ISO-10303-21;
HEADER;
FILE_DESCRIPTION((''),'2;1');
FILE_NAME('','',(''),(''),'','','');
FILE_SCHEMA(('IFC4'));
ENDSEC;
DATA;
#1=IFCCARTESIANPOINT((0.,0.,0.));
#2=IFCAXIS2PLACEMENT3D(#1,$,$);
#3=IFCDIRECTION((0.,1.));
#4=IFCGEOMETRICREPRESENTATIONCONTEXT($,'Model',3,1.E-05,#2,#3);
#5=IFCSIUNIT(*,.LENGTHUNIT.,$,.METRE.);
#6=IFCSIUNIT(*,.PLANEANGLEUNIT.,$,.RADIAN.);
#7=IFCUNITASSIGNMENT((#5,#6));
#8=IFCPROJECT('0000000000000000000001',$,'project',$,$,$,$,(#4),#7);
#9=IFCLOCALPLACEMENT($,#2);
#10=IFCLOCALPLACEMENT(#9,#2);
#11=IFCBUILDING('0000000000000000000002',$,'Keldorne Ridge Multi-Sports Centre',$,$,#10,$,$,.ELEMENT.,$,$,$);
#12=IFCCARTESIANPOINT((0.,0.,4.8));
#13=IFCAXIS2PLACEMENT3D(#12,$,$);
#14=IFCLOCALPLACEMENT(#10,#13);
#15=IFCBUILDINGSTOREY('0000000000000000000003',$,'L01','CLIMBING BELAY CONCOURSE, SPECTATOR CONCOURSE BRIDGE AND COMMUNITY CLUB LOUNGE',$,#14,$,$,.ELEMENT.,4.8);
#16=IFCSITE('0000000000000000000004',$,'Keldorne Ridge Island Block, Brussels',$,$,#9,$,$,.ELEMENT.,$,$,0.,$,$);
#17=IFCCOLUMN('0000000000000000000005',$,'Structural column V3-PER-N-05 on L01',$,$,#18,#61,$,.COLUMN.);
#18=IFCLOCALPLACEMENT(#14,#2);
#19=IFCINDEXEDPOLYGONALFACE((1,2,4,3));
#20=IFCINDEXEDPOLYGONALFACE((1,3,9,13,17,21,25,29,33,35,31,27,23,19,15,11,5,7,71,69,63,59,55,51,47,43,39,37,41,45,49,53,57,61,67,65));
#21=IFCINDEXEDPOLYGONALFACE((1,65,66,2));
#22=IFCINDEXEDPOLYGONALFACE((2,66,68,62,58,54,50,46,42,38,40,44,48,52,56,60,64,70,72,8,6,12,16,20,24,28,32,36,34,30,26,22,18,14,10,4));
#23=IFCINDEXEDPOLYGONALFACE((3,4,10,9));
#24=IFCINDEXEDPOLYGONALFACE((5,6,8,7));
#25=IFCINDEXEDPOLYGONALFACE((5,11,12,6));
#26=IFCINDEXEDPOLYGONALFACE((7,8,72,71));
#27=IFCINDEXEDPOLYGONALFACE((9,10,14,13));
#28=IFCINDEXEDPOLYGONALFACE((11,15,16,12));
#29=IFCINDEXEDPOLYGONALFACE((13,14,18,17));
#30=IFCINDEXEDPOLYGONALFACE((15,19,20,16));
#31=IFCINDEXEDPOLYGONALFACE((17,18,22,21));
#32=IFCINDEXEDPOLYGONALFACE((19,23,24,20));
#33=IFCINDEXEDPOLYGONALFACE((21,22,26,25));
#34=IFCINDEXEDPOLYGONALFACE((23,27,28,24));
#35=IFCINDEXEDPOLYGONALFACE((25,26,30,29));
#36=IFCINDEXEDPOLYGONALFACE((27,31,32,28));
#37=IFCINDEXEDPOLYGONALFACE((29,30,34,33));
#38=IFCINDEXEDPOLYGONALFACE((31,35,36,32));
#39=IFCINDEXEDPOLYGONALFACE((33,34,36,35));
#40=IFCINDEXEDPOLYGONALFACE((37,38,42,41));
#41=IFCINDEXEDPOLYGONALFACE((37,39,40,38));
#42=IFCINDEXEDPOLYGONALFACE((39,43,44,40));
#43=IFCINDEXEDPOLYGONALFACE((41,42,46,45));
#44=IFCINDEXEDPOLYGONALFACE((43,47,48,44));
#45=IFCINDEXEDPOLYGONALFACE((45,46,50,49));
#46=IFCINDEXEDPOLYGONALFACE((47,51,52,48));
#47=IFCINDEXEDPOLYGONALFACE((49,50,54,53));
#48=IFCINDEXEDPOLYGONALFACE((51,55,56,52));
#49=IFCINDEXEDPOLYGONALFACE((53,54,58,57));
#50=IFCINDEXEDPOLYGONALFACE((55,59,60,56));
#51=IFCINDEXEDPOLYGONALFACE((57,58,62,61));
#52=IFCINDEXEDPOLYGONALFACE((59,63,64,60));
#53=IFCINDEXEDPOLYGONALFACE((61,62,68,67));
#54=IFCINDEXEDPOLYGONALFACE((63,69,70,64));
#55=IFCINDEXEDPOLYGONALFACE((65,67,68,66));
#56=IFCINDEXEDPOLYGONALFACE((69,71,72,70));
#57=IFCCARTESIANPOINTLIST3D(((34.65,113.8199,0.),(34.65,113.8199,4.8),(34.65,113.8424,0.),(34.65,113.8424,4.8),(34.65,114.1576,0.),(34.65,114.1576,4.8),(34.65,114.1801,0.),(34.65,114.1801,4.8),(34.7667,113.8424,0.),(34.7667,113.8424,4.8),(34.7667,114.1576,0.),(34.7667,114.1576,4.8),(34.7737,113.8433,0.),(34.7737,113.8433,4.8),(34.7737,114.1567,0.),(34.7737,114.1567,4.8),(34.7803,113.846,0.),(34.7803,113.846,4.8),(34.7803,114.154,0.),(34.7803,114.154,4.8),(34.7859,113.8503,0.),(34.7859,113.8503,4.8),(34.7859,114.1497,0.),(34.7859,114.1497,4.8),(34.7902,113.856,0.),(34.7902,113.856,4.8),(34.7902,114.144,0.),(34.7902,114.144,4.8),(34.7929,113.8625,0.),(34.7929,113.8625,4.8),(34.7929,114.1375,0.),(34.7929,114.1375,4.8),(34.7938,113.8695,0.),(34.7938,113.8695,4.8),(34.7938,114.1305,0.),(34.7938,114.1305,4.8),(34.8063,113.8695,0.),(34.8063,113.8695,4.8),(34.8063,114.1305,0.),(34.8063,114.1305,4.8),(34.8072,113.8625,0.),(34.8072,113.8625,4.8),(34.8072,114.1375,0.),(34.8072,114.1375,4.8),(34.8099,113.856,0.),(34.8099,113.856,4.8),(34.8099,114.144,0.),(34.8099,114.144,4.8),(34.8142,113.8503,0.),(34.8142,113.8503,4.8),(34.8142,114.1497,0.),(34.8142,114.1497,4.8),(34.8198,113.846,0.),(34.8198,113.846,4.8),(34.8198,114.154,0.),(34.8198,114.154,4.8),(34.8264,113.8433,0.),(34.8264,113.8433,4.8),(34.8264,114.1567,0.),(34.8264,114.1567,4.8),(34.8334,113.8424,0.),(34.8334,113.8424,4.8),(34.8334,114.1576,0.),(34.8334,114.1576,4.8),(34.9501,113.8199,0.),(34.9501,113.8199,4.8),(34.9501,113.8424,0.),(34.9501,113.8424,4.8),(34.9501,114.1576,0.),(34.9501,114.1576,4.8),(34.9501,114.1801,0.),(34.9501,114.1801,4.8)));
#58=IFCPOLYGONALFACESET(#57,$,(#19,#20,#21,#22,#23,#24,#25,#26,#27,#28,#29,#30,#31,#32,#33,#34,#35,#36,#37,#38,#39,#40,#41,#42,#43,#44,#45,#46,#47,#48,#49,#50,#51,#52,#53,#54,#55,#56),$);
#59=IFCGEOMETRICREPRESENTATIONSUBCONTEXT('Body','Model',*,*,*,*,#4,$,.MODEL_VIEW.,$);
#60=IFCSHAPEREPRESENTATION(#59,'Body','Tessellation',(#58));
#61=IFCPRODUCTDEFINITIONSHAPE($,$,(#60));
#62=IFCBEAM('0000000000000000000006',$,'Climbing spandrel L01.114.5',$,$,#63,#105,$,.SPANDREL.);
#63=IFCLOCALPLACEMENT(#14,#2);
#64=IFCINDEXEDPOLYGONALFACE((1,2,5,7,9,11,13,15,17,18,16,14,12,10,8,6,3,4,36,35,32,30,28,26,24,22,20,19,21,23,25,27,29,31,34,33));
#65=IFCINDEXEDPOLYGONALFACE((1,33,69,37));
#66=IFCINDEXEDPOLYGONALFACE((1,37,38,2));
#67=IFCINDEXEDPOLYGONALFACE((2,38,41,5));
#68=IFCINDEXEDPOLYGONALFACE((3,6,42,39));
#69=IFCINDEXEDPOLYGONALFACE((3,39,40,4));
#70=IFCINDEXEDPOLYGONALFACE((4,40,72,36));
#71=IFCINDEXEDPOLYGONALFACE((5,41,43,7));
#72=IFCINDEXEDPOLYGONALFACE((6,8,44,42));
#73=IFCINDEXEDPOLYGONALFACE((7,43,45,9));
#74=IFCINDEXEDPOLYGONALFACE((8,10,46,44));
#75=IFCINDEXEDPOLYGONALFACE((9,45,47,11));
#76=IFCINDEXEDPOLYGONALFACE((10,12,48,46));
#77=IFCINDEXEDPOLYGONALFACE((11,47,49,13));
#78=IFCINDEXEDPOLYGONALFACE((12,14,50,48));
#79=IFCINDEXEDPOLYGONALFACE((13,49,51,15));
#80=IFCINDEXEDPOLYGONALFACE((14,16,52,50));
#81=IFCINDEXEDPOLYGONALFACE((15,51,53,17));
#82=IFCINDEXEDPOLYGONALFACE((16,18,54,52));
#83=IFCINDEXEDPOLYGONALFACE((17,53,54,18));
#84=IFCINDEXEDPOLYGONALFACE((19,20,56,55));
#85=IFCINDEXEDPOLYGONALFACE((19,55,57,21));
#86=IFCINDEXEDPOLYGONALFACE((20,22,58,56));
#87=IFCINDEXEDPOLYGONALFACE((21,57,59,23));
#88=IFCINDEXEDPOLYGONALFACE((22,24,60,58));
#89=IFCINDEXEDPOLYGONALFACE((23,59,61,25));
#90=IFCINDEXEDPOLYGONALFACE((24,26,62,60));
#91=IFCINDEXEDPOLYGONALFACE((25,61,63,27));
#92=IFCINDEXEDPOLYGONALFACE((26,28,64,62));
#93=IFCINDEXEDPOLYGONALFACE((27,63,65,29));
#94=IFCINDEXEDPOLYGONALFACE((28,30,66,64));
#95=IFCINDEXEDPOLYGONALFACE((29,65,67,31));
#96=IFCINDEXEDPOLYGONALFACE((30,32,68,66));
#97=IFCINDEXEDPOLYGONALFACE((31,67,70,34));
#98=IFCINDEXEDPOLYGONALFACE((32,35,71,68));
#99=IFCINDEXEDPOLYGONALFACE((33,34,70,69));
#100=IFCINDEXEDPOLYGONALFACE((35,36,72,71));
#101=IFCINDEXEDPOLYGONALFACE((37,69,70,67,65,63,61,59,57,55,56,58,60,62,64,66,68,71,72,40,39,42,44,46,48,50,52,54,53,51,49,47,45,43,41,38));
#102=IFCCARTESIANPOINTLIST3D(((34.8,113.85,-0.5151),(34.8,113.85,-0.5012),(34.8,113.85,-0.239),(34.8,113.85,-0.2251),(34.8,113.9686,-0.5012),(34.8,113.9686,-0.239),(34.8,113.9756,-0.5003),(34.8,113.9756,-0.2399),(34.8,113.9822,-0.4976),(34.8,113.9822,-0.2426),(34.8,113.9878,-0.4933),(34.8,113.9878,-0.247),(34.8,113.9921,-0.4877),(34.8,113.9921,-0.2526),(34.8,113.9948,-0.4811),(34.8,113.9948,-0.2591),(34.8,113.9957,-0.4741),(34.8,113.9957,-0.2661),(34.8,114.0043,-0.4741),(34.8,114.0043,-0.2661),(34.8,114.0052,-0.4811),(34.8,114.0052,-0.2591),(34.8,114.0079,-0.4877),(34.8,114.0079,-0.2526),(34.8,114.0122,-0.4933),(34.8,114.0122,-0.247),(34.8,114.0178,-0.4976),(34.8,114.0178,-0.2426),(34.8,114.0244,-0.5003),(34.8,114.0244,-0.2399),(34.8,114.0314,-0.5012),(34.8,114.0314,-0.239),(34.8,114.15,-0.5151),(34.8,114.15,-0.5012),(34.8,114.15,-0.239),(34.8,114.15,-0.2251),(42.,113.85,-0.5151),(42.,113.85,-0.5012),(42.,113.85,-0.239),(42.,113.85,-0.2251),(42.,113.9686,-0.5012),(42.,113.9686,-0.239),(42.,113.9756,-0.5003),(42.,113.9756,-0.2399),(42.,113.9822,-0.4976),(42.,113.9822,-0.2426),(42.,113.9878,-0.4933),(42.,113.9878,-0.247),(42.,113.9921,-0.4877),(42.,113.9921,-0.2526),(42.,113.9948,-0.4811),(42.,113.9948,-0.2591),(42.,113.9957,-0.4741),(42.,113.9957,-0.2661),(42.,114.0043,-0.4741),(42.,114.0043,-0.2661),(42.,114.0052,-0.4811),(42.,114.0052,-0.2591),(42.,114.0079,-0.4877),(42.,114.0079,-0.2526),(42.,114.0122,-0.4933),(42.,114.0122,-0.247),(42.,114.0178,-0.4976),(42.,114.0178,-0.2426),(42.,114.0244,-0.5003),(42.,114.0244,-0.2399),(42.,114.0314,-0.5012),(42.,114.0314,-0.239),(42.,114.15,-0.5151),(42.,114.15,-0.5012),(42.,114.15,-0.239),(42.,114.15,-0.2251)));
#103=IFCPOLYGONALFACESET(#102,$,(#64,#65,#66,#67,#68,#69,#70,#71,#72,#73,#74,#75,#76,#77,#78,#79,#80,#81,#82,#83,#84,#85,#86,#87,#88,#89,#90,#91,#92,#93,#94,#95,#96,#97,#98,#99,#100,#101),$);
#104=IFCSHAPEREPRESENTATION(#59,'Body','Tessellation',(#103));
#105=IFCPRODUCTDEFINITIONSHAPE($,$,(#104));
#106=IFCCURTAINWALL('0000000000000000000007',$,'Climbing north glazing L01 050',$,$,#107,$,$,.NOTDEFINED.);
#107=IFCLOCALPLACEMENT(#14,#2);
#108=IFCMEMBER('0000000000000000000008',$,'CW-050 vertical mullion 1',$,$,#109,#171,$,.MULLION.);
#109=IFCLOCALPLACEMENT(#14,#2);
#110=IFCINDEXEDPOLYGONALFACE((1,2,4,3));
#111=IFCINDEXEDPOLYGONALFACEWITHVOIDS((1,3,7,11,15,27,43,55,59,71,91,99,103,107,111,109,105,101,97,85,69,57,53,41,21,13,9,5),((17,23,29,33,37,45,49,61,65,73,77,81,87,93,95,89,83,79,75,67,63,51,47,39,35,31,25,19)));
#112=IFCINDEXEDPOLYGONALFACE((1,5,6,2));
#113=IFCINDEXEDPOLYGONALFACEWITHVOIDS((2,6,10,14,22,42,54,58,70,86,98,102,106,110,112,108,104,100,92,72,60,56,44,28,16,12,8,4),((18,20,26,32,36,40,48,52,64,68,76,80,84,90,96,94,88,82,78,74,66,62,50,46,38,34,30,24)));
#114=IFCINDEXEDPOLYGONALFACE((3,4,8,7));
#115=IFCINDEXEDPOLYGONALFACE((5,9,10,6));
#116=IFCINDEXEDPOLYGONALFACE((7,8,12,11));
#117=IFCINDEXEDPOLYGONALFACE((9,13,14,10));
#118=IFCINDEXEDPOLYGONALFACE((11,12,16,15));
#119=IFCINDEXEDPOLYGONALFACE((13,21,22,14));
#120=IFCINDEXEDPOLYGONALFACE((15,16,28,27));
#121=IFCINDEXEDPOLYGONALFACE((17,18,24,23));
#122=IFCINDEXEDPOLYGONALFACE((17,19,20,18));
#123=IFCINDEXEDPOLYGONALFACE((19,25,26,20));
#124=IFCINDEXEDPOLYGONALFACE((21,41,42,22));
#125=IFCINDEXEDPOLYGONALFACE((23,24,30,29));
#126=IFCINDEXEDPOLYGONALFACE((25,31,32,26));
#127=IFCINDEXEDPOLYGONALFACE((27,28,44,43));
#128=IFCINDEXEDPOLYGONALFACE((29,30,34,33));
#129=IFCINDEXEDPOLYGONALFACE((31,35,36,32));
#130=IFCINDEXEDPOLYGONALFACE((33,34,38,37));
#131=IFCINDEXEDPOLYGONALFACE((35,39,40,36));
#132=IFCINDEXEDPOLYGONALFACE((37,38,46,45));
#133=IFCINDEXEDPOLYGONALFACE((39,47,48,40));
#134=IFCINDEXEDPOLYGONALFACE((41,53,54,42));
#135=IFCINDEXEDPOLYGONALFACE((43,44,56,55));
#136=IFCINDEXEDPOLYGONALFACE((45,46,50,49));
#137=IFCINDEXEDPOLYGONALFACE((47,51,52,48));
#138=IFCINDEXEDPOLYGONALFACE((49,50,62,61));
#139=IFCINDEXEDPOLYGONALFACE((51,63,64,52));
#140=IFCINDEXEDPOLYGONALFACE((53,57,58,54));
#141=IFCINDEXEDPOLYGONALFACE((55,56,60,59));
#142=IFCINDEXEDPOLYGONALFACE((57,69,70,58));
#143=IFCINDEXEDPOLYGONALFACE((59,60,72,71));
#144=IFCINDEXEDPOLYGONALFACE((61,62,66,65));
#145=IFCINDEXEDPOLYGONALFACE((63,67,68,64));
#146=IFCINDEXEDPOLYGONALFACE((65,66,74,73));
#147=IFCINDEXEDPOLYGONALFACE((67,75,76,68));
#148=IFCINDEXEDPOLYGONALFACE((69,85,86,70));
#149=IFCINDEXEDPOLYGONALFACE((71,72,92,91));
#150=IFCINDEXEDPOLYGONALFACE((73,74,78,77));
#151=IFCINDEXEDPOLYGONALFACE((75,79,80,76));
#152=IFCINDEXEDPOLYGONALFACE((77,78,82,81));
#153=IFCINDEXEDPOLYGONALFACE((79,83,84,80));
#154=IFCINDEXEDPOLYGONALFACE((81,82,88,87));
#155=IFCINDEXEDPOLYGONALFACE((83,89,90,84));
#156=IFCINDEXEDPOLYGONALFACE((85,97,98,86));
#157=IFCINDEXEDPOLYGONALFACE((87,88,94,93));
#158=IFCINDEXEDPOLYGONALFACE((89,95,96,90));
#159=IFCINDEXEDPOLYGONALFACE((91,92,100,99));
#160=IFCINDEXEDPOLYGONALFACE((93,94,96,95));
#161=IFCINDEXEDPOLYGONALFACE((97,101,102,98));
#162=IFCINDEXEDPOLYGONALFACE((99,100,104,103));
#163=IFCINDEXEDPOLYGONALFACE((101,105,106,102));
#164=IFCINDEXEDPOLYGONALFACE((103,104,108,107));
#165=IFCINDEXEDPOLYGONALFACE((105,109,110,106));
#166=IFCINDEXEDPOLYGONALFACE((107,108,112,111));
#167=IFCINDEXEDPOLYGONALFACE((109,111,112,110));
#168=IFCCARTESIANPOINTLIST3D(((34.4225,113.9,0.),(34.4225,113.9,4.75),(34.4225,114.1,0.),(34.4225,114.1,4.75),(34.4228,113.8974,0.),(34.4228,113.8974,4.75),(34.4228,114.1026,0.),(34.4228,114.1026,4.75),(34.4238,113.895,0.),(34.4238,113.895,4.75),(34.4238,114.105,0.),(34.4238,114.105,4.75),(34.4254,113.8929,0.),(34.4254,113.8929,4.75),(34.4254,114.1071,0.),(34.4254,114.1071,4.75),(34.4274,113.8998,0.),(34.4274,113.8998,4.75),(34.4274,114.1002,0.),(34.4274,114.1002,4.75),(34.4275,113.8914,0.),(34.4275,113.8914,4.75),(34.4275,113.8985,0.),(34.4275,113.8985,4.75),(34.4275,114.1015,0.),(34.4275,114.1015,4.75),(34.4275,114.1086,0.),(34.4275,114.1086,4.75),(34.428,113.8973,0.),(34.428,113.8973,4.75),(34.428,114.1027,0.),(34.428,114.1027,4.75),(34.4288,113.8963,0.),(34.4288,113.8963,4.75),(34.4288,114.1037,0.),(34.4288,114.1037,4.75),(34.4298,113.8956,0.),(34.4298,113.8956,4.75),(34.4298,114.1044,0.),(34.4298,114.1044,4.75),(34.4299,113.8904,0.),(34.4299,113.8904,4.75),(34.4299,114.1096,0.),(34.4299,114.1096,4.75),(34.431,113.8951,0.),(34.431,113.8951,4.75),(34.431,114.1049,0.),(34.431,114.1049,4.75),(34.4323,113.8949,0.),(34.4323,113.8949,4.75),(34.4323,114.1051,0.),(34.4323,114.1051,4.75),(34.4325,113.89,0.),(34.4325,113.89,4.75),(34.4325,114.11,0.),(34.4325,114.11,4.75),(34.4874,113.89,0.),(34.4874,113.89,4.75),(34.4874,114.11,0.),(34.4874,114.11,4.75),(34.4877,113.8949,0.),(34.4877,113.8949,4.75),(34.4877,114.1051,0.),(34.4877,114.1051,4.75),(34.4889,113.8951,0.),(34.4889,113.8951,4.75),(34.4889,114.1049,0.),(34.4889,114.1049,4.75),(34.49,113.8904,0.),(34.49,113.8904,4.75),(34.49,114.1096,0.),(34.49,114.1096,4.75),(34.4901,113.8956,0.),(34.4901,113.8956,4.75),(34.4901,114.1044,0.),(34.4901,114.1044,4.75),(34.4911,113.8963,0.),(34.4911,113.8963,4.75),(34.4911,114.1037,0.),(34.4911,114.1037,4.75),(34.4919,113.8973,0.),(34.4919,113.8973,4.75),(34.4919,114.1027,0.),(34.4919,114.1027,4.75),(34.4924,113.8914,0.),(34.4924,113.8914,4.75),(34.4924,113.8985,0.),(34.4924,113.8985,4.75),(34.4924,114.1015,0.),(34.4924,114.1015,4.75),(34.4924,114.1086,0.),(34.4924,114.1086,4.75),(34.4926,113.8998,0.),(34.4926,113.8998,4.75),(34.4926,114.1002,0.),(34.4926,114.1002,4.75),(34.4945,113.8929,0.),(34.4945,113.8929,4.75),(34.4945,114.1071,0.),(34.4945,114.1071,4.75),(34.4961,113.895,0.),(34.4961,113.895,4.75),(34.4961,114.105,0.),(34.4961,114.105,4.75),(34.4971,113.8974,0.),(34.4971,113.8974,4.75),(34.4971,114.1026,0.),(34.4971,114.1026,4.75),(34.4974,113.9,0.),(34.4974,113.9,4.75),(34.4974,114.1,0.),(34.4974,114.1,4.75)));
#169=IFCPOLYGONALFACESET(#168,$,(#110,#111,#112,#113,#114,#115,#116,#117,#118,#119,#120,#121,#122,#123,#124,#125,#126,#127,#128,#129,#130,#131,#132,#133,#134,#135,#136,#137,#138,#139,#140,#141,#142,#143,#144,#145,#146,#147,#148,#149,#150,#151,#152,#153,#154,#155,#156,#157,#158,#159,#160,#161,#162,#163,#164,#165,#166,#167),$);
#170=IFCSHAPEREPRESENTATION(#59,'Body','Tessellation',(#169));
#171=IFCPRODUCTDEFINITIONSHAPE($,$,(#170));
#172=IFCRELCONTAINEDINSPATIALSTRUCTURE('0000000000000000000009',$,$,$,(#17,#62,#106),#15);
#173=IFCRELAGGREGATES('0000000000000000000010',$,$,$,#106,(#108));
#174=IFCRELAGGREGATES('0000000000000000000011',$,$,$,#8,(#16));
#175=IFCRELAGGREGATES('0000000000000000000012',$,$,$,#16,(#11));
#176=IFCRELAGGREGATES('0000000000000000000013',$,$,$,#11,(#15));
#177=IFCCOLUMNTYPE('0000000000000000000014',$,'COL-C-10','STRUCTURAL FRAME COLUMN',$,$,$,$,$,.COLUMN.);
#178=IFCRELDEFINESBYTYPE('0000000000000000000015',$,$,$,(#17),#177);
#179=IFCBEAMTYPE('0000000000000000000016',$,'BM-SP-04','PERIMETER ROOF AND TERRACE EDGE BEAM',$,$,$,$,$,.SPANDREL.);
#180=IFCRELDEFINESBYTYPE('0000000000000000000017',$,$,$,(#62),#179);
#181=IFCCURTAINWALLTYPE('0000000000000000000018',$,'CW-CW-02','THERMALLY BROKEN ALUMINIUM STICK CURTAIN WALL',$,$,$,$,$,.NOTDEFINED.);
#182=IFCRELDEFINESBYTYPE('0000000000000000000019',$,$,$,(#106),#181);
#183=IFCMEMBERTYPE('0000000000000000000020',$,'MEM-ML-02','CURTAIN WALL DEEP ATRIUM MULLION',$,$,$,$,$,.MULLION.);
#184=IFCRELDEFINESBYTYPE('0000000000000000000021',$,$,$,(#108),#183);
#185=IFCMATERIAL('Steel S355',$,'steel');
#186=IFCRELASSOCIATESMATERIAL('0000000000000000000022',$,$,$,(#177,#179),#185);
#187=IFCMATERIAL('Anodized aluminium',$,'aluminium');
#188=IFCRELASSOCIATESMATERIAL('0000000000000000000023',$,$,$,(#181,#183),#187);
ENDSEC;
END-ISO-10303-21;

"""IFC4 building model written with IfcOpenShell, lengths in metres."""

from ifc_helpers import new_model, si_unit, direction, frame, origin, origin_2d, place, context, subcontext, project, spatial, hollow_rectangle, i_section, extrude, material, material_profile, profile_set, type_object, element, aggregate, save


model = new_model("IFC4")

# Units and contexts
model_context = context("Model", 3, precision=1e-05, world=origin(), true_north=direction((0.0, 1.0)))
body_context = subcontext(model_context, "Body", "Model", "MODEL_VIEW")
ifc_project = project(units=[si_unit("LENGTHUNIT", "METRE"), si_unit("PLANEANGLEUNIT", "RADIAN")], contexts=[model_context])

# Site, building, storey
site_placement = place(None, origin())
site = spatial("IfcSite", under=ifc_project, at=site_placement, Name="Keldorne Ridge Island Block, Brussels", CompositionType="ELEMENT", RefElevation=0.0)
building_placement = place(site_placement, origin())
building = spatial("IfcBuilding", under=site, at=building_placement, Name="Keldorne Ridge Multi-Sports Centre", CompositionType="ELEMENT")
storey_placement = place(building_placement, frame((0.0, 0.0, 4.8)))
storey = spatial("IfcBuildingStorey", under=building, at=storey_placement, Name="L01", Description="CLIMBING BELAY CONCOURSE, SPECTATOR CONCOURSE BRIDGE AND COMMUNITY CLUB LOUNGE", CompositionType="ELEMENT", Elevation=4.8)

# Column
ifc_material_1 = material(Name="Steel S355", Category="steel")
ifc_material_profile_1 = material_profile(ifc_material_1, i_section(OverallWidth=0.3, OverallDepth=0.3601, WebThickness=0.0125, FlangeThickness=0.0225, FilletRadius=0.0271, at=origin_2d()), Name="HEB 360")
ifc_profile_set_1 = profile_set([ifc_material_profile_1], Name="Steel S355")
column_type = type_object("IfcColumnType", Name="COL-C-10", Description="STRUCTURAL FRAME COLUMN", PredefinedType="COLUMN", material=ifc_profile_set_1)
column_placement = place(storey_placement, frame((34.8, 114.0, 0.0), z_axis=(0.0, 0.0, 1.0), x_axis=(1.0, 0.0, 0.0)))
element("IfcColumn", 1, at=column_placement, inside=storey, type_object=column_type, Name="Structural column V3-PER-N-05 on L01", PredefinedType="COLUMN", context=body_context, shape_type="SweptSolid", body=[
    extrude(i_section(OverallWidth=0.3, OverallDepth=0.3601, WebThickness=0.0125, FlangeThickness=0.0225, FilletRadius=0.0271, at=origin_2d()), origin(), (0.0, 0.0, 1.0), 4.8),
])

# Beam
ifc_material_profile_2 = material_profile(ifc_material_1, i_section(OverallWidth=0.3, OverallDepth=0.29, WebThickness=0.0085, FlangeThickness=0.0139, FilletRadius=0.0271, at=origin_2d()), Name="HEA 300")
ifc_profile_set_2 = profile_set([ifc_material_profile_2], Name="Steel S355")
beam_type = type_object("IfcBeamType", Name="BM-SP-04", Description="PERIMETER ROOF AND TERRACE EDGE BEAM", PredefinedType="SPANDREL", material=ifc_profile_set_2)
beam_placement = place(storey_placement, frame((34.8, 114.0, -0.3701), z_axis=(1.0, 0.0, 0.0), x_axis=(0.0, 1.0, 0.0)))
element("IfcBeam", 2, at=beam_placement, inside=storey, type_object=beam_type, Name="Climbing spandrel L01.114.5", PredefinedType="SPANDREL", context=body_context, shape_type="SweptSolid", body=[
    extrude(i_section(OverallWidth=0.3, OverallDepth=0.29, WebThickness=0.0085, FlangeThickness=0.0139, FilletRadius=0.0271, at=origin_2d()), origin(), (0.0, 0.0, 1.0), 7.2),
])

# Curtain wall, member
ifc_material_2 = material(Name="Anodized aluminium", Category="aluminium")
curtain_wall_type_1 = type_object("IfcCurtainWallType", Name="CW-CW-02", Description="THERMALLY BROKEN ALUMINIUM STICK CURTAIN WALL", PredefinedType="NOTDEFINED", material=ifc_material_2)
curtain_wall_1_placement = place(storey_placement, origin())
curtain_wall_1 = element("IfcCurtainWall", 3, at=curtain_wall_1_placement, inside=storey, type_object=curtain_wall_type_1, Name="Climbing north glazing L01 050", PredefinedType="NOTDEFINED")
ifc_material_profile_3 = material_profile(ifc_material_2, hollow_rectangle(XDim=0.075, YDim=0.22, WallThickness=0.0049, InnerFilletRadius=0.0049, OuterFilletRadius=0.01, at=origin_2d()), Name="ALU MULLION 220x75x5")
ifc_profile_set_3 = profile_set([ifc_material_profile_3], Name="Anodized aluminium")
member_type_1 = type_object("IfcMemberType", Name="MEM-ML-02", Description="CURTAIN WALL DEEP ATRIUM MULLION", PredefinedType="MULLION", material=ifc_profile_set_3)
member_1_placement = place(storey_placement, frame((34.46, 114.0, 0.0), z_axis=(0.0, 0.0, 1.0), x_axis=(1.0, 0.0, 0.0)))
member_1 = element("IfcMember", 4, at=member_1_placement, type_object=member_type_1, Name="CW-050 vertical mullion 1", PredefinedType="MULLION", context=body_context, shape_type="SweptSolid", body=[
    extrude(hollow_rectangle(XDim=0.075, YDim=0.22, WallThickness=0.0049, InnerFilletRadius=0.0049, OuterFilletRadius=0.01, at=origin_2d()), origin(), (0.0, 0.0, 1.0), 4.75),
])

aggregate(curtain_wall_1, [member_1])

save(model, "model.ifc")
